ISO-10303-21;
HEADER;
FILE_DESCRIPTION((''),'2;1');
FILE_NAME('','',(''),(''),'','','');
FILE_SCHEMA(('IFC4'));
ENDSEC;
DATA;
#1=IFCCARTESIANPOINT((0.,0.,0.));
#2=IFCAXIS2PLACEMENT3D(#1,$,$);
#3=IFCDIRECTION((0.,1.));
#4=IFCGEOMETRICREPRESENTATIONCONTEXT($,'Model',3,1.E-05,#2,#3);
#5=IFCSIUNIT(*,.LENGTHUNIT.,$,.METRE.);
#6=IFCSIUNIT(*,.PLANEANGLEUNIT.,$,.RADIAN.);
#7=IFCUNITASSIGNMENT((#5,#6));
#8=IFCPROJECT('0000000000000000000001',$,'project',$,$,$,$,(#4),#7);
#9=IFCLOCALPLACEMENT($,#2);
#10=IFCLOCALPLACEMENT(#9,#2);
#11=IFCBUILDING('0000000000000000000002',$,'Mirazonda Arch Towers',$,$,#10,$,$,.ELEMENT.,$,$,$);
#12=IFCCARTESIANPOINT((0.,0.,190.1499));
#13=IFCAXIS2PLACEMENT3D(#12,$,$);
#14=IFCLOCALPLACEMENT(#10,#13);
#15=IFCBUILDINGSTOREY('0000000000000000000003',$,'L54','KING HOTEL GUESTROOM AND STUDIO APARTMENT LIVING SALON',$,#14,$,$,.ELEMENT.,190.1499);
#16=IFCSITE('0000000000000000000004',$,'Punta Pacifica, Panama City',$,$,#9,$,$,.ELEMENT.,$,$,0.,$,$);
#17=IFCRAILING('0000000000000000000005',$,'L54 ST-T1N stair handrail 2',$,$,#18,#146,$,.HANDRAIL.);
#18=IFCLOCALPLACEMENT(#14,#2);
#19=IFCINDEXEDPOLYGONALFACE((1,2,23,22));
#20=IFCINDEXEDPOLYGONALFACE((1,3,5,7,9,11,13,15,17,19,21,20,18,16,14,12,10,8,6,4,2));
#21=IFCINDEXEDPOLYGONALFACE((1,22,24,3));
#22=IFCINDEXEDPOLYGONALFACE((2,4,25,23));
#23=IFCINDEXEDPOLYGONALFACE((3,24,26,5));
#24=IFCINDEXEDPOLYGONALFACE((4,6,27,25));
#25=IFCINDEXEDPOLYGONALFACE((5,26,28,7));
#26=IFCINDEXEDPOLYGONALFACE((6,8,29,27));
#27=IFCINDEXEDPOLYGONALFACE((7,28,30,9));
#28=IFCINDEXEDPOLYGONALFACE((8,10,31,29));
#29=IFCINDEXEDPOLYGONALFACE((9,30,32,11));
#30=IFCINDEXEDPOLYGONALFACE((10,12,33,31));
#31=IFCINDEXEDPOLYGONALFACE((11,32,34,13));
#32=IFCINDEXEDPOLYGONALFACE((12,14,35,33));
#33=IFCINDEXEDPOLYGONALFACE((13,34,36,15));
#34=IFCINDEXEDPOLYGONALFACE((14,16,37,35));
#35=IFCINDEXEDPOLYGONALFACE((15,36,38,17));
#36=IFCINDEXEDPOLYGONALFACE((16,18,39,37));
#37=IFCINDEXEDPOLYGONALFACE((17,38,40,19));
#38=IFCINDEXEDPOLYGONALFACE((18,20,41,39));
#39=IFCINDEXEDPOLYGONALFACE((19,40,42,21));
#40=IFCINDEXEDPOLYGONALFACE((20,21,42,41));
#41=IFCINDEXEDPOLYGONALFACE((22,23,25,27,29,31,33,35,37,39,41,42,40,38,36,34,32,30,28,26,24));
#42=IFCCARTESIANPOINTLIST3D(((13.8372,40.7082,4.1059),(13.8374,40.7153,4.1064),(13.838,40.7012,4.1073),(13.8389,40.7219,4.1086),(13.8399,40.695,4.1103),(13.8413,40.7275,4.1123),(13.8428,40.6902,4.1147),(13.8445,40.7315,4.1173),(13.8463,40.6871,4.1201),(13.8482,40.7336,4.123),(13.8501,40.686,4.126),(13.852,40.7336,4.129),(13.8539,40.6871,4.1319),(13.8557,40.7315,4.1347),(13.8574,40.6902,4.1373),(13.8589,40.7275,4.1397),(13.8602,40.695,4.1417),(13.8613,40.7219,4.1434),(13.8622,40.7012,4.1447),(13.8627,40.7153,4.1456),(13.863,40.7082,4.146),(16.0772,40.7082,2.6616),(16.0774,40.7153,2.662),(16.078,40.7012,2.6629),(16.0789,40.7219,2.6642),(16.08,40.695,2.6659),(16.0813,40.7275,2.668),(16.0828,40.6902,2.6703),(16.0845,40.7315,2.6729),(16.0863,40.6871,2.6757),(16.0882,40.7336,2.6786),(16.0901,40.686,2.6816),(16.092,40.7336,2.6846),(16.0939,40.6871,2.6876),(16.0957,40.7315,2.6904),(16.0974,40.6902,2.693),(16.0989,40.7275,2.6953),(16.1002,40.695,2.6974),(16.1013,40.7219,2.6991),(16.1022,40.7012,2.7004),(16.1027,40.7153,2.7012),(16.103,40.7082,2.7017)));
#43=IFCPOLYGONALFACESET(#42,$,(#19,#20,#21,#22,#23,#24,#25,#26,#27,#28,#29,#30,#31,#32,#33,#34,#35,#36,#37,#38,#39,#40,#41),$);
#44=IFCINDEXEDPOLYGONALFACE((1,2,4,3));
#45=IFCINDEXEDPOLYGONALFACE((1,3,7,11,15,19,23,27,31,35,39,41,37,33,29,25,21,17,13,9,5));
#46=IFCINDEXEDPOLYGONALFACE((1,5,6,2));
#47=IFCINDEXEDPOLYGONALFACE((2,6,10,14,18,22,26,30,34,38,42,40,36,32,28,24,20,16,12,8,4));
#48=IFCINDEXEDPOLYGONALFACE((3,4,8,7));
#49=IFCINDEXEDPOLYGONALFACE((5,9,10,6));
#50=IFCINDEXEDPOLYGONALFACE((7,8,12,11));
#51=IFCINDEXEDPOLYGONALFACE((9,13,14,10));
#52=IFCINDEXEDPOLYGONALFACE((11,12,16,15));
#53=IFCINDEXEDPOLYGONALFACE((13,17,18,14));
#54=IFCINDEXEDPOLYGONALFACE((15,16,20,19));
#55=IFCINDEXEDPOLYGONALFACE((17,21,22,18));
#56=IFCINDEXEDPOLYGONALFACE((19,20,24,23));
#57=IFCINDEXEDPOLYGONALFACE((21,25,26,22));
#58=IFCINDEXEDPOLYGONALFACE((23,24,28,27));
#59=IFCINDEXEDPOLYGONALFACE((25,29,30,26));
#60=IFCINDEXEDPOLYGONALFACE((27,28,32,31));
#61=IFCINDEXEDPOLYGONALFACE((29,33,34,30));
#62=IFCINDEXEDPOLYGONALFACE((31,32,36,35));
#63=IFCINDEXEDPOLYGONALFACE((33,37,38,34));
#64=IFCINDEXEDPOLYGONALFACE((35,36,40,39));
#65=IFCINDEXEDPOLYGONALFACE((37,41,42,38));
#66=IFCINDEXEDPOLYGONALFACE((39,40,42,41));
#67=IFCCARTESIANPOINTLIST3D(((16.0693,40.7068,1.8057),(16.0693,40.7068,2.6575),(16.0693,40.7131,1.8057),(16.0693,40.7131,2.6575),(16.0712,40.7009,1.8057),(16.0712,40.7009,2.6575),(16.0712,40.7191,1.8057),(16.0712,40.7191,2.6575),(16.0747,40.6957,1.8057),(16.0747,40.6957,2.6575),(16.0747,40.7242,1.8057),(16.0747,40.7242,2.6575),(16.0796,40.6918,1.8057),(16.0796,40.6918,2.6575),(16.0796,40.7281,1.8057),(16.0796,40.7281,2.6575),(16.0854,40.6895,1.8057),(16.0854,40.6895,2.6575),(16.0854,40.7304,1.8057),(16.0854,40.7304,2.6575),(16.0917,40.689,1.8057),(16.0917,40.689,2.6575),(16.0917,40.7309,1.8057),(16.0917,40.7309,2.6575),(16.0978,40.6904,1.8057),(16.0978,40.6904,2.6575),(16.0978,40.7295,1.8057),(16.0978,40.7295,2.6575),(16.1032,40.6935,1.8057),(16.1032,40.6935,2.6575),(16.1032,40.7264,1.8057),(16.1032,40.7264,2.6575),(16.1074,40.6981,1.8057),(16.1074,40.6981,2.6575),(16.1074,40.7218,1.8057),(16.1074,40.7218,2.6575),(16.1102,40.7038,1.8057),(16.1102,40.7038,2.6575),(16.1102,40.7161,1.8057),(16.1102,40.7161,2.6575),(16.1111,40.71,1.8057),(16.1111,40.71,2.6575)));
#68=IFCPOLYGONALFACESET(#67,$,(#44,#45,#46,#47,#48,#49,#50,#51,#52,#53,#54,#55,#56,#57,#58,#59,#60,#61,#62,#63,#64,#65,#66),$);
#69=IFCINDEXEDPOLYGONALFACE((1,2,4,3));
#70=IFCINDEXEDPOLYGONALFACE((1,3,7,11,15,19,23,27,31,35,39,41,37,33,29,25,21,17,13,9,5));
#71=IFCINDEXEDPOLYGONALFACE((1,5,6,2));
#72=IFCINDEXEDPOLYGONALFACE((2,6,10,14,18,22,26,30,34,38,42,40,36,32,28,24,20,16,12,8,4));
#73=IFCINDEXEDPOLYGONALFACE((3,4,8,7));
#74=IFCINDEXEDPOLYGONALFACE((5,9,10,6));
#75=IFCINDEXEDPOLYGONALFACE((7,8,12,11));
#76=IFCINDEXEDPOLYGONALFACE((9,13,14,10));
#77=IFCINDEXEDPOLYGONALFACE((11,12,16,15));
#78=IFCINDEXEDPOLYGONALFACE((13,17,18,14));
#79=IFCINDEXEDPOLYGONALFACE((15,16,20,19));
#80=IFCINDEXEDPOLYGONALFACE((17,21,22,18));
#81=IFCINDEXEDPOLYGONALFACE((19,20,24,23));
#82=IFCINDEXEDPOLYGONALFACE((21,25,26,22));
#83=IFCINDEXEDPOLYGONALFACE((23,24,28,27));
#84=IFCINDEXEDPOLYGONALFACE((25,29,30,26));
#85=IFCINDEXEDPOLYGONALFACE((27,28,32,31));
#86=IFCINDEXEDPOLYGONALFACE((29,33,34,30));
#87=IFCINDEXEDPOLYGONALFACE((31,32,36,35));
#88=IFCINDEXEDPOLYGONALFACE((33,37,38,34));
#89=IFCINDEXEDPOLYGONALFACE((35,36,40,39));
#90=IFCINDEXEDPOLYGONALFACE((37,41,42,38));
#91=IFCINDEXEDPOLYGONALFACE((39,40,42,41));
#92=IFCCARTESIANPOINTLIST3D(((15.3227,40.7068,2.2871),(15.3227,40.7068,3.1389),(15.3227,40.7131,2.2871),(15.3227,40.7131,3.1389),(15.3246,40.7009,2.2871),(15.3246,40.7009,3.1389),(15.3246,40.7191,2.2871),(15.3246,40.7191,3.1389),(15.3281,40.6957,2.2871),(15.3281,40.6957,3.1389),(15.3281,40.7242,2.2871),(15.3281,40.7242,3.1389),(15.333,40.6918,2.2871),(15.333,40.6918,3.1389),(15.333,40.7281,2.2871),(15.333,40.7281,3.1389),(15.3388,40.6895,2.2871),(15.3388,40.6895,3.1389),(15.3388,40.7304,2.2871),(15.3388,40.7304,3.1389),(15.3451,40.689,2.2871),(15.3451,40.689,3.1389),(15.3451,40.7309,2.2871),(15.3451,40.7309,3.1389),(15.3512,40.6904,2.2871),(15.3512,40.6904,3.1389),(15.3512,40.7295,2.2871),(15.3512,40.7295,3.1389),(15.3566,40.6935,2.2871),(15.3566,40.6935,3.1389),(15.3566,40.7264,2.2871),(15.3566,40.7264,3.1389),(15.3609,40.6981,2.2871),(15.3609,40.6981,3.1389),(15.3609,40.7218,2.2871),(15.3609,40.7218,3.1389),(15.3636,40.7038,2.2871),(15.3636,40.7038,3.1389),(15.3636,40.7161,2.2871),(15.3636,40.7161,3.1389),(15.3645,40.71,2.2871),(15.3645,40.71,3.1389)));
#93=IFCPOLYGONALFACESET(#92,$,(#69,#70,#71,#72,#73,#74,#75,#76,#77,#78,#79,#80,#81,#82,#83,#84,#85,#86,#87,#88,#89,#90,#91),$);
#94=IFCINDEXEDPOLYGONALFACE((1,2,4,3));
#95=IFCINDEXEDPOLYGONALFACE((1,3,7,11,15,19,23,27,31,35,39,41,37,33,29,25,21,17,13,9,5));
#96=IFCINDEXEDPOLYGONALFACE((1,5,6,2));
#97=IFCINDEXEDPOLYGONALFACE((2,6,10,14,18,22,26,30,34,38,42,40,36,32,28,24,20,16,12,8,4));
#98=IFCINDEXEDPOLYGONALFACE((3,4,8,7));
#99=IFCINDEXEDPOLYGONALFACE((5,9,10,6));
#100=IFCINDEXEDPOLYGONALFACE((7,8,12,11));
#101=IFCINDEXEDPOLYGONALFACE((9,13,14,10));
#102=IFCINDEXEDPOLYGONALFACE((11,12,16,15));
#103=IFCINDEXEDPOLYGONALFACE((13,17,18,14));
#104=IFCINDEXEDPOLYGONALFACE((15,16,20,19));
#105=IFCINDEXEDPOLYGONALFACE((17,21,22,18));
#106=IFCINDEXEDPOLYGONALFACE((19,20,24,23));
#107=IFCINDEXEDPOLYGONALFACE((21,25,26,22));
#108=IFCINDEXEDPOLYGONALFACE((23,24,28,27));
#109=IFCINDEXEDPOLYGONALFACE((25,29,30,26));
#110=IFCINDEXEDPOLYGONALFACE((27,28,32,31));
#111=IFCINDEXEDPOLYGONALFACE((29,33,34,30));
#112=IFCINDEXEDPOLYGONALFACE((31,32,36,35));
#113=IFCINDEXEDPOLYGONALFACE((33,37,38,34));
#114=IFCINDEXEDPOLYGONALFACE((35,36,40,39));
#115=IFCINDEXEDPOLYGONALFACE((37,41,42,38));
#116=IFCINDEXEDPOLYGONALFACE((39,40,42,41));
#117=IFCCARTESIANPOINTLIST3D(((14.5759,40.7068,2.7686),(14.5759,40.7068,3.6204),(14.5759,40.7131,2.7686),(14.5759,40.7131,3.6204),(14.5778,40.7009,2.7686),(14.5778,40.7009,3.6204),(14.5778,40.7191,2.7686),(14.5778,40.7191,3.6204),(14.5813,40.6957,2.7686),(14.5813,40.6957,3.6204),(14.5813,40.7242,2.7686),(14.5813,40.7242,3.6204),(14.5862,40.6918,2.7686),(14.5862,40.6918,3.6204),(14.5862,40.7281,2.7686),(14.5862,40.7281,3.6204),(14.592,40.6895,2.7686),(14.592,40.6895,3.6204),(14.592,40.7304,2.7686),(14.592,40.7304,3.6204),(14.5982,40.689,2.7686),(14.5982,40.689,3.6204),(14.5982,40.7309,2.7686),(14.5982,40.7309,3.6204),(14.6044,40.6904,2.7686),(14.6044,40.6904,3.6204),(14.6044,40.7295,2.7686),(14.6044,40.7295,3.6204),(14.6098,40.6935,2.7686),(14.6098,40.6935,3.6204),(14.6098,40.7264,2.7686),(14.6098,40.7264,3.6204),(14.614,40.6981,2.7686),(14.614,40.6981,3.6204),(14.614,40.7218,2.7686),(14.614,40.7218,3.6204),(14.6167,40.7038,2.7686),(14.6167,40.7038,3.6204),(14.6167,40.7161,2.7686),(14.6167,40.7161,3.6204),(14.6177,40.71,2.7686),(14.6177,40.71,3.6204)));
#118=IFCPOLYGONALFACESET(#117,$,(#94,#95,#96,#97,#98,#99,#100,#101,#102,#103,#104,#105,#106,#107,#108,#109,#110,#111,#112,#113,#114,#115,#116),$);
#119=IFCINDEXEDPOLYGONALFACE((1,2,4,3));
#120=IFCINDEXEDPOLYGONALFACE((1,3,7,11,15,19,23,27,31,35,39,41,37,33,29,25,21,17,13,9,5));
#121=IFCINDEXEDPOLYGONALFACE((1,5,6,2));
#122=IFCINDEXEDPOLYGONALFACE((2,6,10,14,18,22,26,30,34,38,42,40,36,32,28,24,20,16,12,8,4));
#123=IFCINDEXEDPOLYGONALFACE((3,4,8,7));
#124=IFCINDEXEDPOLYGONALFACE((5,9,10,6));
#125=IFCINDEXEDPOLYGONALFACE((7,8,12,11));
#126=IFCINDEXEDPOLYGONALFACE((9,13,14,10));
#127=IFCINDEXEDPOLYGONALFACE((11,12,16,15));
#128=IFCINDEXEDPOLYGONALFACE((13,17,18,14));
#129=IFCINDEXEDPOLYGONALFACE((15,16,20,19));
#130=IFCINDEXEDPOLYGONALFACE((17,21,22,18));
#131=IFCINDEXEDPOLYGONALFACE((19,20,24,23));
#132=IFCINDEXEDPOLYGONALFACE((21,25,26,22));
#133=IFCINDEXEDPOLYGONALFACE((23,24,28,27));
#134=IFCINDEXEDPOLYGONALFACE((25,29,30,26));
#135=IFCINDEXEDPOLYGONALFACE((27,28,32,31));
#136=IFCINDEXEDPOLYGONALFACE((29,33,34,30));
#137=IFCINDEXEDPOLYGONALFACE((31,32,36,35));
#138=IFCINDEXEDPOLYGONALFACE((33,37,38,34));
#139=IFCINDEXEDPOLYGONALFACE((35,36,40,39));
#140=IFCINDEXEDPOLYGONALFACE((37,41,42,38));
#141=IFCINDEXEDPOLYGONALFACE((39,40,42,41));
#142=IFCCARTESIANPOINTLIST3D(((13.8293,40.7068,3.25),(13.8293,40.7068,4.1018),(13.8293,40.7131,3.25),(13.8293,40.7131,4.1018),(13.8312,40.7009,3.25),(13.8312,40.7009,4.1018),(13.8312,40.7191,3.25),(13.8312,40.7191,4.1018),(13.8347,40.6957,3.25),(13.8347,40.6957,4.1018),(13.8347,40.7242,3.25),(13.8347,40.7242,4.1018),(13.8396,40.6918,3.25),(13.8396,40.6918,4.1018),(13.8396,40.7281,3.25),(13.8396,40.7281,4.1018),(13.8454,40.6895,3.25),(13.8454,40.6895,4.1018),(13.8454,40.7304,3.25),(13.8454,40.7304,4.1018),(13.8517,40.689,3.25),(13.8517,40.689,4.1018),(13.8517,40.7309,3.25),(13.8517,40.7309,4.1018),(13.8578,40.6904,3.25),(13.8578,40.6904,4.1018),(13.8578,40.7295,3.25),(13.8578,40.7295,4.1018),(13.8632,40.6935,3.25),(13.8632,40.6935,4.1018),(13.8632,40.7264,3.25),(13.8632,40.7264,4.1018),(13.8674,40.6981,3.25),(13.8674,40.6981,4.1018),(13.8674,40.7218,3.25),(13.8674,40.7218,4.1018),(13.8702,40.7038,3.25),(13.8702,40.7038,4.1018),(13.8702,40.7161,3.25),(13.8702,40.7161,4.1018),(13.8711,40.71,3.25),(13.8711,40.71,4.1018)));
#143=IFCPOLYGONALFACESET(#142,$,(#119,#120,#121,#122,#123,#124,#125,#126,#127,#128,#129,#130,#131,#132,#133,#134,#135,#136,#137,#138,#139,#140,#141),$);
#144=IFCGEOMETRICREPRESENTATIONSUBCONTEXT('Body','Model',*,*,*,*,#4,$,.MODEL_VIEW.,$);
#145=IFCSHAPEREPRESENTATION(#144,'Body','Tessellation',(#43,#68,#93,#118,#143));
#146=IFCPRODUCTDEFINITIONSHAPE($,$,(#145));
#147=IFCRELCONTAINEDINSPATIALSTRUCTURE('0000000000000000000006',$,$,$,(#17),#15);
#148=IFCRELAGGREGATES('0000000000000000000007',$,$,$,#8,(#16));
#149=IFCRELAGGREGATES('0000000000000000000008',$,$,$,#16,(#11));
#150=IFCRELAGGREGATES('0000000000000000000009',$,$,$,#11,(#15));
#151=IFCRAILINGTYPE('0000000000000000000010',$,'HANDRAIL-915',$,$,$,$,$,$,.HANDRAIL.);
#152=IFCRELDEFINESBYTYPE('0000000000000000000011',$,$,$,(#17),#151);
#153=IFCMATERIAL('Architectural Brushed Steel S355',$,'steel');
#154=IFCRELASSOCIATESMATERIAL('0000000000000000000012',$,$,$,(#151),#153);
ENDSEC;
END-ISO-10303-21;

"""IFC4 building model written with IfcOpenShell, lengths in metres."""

from ifc_helpers import new_model, si_unit, direction, frame, origin, origin_2d, place, context, subcontext, project, spatial, circle, extrude, material, type_object, element, save


model = new_model("IFC4")

# Units and contexts
model_context = context("Model", 3, precision=1e-05, world=origin(), true_north=direction((0.0, 1.0)))
body_context = subcontext(model_context, "Body", "Model", "MODEL_VIEW")
ifc_project = project(units=[si_unit("LENGTHUNIT", "METRE"), si_unit("PLANEANGLEUNIT", "RADIAN")], contexts=[model_context])

# Site, building, storey
site_placement = place(None, origin())
site = spatial("IfcSite", under=ifc_project, at=site_placement, Name="Punta Pacifica, Panama City", CompositionType="ELEMENT", RefElevation=0.0)
building_placement = place(site_placement, origin())
building = spatial("IfcBuilding", under=site, at=building_placement, Name="Mirazonda Arch Towers", CompositionType="ELEMENT")
storey_placement = place(building_placement, frame((0.0, 0.0, 190.1499)))
storey = spatial("IfcBuildingStorey", under=building, at=storey_placement, Name="L54", Description="KING HOTEL GUESTROOM AND STUDIO APARTMENT LIVING SALON", CompositionType="ELEMENT", Elevation=190.1499)

# Shared definitions
ifc_material_1 = material(Name="Architectural Brushed Steel S355", Category="steel")

# Railing
railing_type_1 = type_object("IfcRailingType", Name="HANDRAIL-915", PredefinedType="HANDRAIL", material=ifc_material_1)
railing_1_placement = place(storey_placement, frame((16.0901, 40.71, 1.8057)))
element("IfcRailing", 1, at=railing_1_placement, inside=storey, type_object=railing_type_1, Name="L54 ST-T1N stair handrail 2", PredefinedType="HANDRAIL", context=body_context, shape_type="SweptSolid", body=[
    extrude(circle(Radius=0.0239, at=origin_2d()), frame((0.0, 0.0, 0.876), z_axis=(-0.840437, 0.0, 0.54191), x_axis=(0.0, -1.0, 0.0)), (0.0, 0.0, 1.0), 2.6653),
    extrude(circle(Radius=0.021, at=origin_2d()), origin(), (0.0, 0.0, 1.0), 0.8518),
    extrude(circle(Radius=0.021, at=origin_2d()), frame((-0.7466, 0.0, 0.4814)), (0.0, 0.0, 1.0), 0.8518),
    extrude(circle(Radius=0.021, at=origin_2d()), frame((-1.4934, 0.0, 0.9629)), (0.0, 0.0, 1.0), 0.8518),
    extrude(circle(Radius=0.021, at=origin_2d()), frame((-2.24, 0.0, 1.4443)), (0.0, 0.0, 1.0), 0.8518),
])

save(model, "model.ifc")
